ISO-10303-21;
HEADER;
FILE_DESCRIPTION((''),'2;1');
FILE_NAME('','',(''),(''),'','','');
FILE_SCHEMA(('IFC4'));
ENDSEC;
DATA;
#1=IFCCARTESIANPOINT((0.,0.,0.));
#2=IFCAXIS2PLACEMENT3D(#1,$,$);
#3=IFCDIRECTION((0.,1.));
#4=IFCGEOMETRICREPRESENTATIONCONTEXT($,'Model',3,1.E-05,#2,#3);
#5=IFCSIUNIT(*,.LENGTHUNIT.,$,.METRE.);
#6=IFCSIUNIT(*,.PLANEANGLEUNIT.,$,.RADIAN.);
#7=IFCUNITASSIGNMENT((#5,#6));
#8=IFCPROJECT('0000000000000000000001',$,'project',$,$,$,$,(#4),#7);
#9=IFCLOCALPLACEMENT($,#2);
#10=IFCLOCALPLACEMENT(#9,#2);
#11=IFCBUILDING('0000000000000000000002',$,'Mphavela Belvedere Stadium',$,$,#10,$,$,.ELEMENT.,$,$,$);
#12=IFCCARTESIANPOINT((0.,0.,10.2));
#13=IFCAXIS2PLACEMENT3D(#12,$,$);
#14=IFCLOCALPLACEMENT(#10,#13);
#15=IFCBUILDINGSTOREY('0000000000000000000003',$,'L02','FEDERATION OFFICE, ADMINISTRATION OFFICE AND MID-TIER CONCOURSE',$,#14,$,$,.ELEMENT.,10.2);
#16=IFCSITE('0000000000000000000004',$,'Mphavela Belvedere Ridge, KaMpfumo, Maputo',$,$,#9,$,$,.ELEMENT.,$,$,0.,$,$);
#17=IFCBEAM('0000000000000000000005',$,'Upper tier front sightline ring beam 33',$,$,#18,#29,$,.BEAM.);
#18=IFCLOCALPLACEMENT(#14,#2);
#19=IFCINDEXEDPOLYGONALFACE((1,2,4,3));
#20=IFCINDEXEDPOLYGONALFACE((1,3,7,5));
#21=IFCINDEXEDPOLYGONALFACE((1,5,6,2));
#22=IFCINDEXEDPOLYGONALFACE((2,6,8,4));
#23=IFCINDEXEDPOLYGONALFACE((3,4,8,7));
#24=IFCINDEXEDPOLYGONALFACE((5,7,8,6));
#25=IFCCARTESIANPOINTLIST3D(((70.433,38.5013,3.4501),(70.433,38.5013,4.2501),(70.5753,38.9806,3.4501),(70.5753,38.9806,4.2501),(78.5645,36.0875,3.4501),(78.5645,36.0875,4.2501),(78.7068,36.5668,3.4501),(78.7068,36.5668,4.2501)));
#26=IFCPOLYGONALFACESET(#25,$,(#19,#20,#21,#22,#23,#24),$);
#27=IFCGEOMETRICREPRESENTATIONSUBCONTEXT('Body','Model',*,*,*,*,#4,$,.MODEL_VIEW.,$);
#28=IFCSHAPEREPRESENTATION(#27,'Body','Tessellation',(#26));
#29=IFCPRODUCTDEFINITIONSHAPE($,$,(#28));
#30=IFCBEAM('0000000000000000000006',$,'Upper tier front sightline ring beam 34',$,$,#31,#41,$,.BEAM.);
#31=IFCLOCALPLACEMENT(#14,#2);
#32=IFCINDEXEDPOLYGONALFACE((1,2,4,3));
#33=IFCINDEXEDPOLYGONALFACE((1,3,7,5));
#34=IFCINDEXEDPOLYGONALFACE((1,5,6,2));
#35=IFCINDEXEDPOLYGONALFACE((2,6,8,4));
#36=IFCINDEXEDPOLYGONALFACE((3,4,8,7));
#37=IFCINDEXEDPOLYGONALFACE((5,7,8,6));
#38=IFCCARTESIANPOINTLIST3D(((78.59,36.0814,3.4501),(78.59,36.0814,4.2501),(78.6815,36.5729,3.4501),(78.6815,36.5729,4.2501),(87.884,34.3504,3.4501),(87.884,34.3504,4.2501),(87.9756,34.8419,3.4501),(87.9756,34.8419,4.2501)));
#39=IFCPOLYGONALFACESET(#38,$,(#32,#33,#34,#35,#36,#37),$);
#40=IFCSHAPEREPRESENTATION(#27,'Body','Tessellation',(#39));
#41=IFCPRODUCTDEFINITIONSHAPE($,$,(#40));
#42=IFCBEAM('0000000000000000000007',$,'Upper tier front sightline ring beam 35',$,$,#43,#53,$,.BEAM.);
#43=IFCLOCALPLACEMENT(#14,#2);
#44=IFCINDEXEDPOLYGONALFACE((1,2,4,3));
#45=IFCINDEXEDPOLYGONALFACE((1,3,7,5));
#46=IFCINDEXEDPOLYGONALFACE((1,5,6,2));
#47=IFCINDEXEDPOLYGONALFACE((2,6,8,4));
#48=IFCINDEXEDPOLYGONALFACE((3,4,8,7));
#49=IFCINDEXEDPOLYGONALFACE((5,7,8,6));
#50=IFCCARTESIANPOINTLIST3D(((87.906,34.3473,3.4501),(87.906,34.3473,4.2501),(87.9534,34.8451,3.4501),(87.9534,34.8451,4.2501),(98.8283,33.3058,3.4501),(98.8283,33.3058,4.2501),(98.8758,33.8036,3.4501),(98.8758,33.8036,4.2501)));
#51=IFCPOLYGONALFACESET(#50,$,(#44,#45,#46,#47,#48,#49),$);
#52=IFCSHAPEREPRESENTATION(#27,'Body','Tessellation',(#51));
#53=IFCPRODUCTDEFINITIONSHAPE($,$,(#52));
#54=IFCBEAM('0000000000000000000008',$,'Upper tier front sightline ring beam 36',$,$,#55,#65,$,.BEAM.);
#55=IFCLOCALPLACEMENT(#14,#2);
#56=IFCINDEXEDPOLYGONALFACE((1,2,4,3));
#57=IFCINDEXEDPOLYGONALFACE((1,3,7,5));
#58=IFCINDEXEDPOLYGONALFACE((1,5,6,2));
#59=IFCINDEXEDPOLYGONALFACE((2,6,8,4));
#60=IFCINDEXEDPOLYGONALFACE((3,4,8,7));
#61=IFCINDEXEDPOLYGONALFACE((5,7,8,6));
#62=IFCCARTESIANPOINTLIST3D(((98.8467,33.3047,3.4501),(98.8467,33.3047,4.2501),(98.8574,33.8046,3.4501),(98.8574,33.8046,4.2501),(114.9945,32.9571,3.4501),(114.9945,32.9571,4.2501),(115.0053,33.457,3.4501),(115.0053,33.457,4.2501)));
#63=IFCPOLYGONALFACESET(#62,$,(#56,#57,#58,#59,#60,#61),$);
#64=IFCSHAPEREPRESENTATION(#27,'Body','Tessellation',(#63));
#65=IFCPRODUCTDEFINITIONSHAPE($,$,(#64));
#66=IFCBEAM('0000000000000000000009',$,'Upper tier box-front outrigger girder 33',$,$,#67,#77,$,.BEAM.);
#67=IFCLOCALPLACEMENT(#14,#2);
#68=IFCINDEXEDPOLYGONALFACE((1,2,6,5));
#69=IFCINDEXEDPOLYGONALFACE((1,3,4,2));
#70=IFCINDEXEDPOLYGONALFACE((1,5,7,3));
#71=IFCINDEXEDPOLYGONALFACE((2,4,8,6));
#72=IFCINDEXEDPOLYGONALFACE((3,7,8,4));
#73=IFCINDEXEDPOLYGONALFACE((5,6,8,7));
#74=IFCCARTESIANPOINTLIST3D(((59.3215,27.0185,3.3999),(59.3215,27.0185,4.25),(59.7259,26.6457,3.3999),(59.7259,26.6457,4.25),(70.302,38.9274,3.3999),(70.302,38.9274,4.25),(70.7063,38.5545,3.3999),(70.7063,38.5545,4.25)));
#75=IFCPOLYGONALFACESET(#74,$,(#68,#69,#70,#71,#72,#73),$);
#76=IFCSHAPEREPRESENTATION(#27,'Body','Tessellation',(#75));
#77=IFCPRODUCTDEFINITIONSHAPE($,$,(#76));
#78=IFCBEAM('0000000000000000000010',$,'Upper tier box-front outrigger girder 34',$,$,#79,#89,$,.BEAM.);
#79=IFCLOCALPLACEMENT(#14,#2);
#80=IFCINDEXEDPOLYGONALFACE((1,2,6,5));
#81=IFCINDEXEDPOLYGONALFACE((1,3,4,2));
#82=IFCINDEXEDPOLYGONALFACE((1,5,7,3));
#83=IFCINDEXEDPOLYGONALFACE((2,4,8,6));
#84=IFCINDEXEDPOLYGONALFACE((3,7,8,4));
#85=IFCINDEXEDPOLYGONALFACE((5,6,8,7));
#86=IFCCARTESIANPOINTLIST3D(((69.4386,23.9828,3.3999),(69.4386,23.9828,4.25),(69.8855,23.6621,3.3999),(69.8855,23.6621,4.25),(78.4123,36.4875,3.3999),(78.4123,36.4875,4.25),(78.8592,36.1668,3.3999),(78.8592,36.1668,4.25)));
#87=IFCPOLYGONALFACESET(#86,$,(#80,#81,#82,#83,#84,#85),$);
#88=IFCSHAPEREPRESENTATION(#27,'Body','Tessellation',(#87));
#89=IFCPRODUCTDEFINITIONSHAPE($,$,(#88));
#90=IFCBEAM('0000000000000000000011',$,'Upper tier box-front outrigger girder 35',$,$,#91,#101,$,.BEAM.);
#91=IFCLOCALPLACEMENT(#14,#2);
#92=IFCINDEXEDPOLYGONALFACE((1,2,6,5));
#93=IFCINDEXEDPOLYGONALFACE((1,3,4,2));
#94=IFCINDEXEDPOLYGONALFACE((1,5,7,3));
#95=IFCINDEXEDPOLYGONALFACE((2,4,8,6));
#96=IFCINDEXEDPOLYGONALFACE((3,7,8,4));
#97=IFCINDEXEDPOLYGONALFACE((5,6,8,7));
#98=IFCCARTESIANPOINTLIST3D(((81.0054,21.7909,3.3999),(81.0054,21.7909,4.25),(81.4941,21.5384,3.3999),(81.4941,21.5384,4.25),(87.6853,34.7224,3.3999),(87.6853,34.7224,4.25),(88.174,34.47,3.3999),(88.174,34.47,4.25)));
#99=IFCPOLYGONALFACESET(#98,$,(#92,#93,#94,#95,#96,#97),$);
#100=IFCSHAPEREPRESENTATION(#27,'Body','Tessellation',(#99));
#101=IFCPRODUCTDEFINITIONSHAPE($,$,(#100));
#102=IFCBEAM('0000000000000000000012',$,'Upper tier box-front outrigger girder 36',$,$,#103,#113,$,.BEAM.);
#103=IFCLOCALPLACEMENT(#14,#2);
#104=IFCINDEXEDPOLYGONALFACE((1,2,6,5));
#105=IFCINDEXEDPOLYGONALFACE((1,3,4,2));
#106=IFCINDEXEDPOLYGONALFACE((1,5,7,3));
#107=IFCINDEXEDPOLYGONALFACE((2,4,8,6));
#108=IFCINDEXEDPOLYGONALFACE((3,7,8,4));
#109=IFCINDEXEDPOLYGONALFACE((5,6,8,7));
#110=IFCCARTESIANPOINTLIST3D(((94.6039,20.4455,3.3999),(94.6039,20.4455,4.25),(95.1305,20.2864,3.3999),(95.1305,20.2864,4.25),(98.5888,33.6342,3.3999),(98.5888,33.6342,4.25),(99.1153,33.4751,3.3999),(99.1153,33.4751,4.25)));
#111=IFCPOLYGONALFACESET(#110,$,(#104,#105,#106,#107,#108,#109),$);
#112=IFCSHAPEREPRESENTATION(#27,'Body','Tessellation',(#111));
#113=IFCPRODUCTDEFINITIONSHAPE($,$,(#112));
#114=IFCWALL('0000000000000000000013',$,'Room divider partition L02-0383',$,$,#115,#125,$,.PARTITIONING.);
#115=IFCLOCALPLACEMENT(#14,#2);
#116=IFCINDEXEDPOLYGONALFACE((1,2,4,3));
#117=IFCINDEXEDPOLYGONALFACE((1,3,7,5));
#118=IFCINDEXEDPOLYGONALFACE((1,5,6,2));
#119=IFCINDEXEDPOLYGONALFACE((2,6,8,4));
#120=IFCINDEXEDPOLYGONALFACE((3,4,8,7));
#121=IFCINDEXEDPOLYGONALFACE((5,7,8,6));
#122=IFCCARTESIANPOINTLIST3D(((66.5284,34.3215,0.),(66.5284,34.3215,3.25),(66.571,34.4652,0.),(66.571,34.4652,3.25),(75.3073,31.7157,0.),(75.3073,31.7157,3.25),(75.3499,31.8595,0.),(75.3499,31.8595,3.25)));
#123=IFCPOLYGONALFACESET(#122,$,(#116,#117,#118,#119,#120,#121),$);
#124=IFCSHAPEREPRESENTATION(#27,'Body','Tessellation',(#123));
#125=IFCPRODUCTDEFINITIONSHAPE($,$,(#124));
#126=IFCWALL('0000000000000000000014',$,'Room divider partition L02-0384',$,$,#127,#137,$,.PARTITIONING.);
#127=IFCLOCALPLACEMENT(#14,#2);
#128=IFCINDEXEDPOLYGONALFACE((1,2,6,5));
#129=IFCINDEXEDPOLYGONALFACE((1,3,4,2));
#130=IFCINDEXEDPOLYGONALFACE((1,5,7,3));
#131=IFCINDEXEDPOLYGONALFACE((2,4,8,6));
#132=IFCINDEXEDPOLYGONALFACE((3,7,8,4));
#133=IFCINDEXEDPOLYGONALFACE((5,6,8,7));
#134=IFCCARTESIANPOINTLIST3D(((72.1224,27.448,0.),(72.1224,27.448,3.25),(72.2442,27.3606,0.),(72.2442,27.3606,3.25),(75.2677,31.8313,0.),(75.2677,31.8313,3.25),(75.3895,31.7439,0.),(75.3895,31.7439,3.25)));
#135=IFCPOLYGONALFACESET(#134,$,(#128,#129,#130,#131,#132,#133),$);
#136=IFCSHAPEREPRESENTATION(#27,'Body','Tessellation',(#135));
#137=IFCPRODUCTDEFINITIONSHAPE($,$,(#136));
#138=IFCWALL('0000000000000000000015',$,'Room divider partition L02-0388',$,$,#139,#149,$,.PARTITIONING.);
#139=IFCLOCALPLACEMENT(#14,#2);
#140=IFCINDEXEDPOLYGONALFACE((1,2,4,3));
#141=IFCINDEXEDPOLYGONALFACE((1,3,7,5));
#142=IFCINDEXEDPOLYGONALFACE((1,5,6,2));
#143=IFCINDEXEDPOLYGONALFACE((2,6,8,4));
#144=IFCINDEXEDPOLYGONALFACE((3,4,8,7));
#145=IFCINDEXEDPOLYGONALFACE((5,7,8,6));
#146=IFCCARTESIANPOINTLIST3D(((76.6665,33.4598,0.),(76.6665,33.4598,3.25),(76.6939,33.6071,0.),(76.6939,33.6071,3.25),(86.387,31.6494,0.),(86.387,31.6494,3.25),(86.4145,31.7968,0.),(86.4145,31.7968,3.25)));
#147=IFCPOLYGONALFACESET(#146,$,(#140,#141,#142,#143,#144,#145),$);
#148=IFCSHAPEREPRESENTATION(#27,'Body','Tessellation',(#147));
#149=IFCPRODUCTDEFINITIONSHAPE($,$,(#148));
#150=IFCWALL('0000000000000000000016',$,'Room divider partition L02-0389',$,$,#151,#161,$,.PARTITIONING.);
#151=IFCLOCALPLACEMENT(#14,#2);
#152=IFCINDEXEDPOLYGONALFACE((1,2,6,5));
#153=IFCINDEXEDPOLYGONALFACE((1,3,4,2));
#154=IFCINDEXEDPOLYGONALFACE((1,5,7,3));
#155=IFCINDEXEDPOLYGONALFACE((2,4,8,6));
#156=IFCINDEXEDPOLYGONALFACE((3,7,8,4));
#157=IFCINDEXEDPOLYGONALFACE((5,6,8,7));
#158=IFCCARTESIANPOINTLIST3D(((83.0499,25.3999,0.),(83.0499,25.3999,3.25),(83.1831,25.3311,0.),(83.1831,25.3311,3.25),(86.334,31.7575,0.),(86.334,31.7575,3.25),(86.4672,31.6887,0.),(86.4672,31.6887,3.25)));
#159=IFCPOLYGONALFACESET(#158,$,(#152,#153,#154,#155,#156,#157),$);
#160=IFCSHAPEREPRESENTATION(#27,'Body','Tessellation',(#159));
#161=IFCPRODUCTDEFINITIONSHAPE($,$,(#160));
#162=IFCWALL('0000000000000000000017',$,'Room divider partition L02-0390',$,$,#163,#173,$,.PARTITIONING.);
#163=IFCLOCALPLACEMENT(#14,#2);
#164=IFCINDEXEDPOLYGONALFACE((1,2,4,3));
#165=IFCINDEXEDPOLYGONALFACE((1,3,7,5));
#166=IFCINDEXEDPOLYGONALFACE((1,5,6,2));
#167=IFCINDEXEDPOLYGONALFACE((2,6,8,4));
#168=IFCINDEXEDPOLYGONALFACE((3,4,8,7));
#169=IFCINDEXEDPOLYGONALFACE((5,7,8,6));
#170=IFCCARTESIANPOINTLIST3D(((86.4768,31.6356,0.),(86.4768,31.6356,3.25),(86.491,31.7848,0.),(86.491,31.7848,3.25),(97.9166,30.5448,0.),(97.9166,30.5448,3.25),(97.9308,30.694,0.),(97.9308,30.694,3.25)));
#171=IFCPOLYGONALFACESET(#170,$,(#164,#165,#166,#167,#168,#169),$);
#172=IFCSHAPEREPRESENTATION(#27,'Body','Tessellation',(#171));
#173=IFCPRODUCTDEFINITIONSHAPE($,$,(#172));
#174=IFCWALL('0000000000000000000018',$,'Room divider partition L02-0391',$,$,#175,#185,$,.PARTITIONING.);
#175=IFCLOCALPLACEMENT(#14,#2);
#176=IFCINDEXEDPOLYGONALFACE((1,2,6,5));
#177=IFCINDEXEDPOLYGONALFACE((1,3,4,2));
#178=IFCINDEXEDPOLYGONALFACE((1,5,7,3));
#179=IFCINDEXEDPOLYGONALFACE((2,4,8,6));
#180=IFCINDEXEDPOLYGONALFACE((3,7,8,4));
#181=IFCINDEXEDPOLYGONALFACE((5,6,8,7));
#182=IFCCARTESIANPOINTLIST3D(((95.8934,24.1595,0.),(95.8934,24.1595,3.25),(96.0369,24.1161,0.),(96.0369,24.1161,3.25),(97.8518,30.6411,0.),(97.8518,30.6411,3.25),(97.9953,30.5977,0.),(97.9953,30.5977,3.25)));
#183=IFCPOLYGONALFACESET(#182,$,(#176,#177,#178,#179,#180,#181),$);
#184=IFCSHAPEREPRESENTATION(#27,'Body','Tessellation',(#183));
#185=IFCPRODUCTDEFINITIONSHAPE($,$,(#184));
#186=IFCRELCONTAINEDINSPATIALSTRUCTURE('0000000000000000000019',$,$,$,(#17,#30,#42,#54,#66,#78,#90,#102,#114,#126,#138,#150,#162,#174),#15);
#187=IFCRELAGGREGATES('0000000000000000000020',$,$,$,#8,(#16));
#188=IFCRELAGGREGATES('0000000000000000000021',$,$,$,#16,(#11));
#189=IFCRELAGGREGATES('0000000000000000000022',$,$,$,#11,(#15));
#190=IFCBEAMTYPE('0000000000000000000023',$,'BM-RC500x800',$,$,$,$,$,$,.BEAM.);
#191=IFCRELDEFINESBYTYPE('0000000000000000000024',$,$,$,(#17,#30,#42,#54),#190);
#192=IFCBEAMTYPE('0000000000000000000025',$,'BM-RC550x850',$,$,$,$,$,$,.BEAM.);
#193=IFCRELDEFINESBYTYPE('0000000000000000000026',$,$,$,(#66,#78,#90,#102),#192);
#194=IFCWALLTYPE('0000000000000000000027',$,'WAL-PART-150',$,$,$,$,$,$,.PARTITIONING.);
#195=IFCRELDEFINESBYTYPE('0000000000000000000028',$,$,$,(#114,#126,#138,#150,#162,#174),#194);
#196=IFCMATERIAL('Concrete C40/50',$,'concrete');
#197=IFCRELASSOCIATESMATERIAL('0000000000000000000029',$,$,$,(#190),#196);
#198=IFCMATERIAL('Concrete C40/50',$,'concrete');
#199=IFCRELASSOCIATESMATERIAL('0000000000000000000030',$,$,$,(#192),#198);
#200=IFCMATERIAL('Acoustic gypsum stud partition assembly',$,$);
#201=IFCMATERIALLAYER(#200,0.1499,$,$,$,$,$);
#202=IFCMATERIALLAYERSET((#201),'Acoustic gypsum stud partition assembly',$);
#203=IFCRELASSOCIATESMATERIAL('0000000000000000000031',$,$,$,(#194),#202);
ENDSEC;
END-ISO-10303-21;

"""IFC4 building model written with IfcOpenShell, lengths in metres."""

from ifc_helpers import new_model, si_unit, direction, frame, frame_2d, origin, origin_2d, place, context, subcontext, project, spatial, rectangle, extrude, material, layer, layer_set, material_profile, profile_set, type_object, element, save


model = new_model("IFC4")

# Units and contexts
model_context = context("Model", 3, precision=1e-05, world=origin(), true_north=direction((0.0, 1.0)))
body_context = subcontext(model_context, "Body", "Model", "MODEL_VIEW")
ifc_project = project(units=[si_unit("LENGTHUNIT", "METRE"), si_unit("PLANEANGLEUNIT", "RADIAN")], contexts=[model_context])

# Site, building, storey
site_placement = place(None, origin())
site = spatial("IfcSite", under=ifc_project, at=site_placement, Name="Mphavela Belvedere Ridge, KaMpfumo, Maputo", CompositionType="ELEMENT", RefElevation=0.0)
building_placement = place(site_placement, origin())
building = spatial("IfcBuilding", under=site, at=building_placement, Name="Mphavela Belvedere Stadium", CompositionType="ELEMENT")
storey_placement = place(building_placement, frame((0.0, 0.0, 10.2)))
storey = spatial("IfcBuildingStorey", under=building, at=storey_placement, Name="L02", Description="FEDERATION OFFICE, ADMINISTRATION OFFICE AND MID-TIER CONCOURSE", CompositionType="ELEMENT", Elevation=10.2)

# Beams
ifc_material_1 = material(Name="Concrete C40/50", Category="concrete")
ifc_material_profile_1 = material_profile(ifc_material_1, rectangle(XDim=0.5, YDim=0.8, at=origin_2d()), Name="RC 500x800")
ifc_profile_set_1 = profile_set([ifc_material_profile_1], Name="Concrete C40/50")
beam_type_1 = type_object("IfcBeamType", Name="BM-RC500x800", PredefinedType="BEAM", material=ifc_profile_set_1)
beam_1_placement = place(storey_placement, frame((70.5042, 38.741, 3.8501), z_axis=(0.958655, -0.284571, 0.0), x_axis=(0.284571, 0.958655, 0.0)))
element("IfcBeam", 1, at=beam_1_placement, inside=storey, type_object=beam_type_1, Name="Upper tier front sightline ring beam 33", PredefinedType="BEAM", context=body_context, shape_type="SweptSolid", body=[
    extrude(rectangle(XDim=0.5, YDim=0.8, at=origin_2d()), origin(), (0.0, 0.0, 1.0), 8.4822),
])
beam_2_placement = place(storey_placement, frame((78.6357, 36.3271, 3.8501), z_axis=(0.983095, -0.183097, 0.0), x_axis=(0.183097, 0.983095, 0.0)))
element("IfcBeam", 2, at=beam_2_placement, inside=storey, type_object=beam_type_1, Name="Upper tier front sightline ring beam 34", PredefinedType="BEAM", context=body_context, shape_type="SweptSolid", body=[
    extrude(rectangle(XDim=0.5, YDim=0.8, at=origin_2d()), origin(), (0.0, 0.0, 1.0), 9.4539),
])
beam_3_placement = place(storey_placement, frame((87.9297, 34.5962, 3.8501), z_axis=(0.995484, -0.094925, 0.0), x_axis=(0.094925, 0.995484, 0.0)))
element("IfcBeam", 3, at=beam_3_placement, inside=storey, type_object=beam_type_1, Name="Upper tier front sightline ring beam 35", PredefinedType="BEAM", context=body_context, shape_type="SweptSolid", body=[
    extrude(rectangle(XDim=0.5, YDim=0.8, at=origin_2d()), origin(), (0.0, 0.0, 1.0), 10.9719),
])
beam_4_placement = place(storey_placement, frame((98.8521, 33.5547, 3.8501), z_axis=(0.999768, -0.021524, 0.0), x_axis=(0.021524, 0.999768, 0.0)))
element("IfcBeam", 4, at=beam_4_placement, inside=storey, type_object=beam_type_1, Name="Upper tier front sightline ring beam 36", PredefinedType="BEAM", context=body_context, shape_type="SweptSolid", body=[
    extrude(rectangle(XDim=0.5, YDim=0.8, at=origin_2d()), origin(), (0.0, 0.0, 1.0), 16.1516),
])
ifc_material_2 = material(Name="Concrete C40/50", Category="concrete")
ifc_material_profile_2 = material_profile(ifc_material_2, rectangle(XDim=0.55, YDim=0.8501, at=origin_2d()), Name="RC 550x850")
ifc_profile_set_2 = profile_set([ifc_material_profile_2], Name="Concrete C40/50")
beam_type_2 = type_object("IfcBeamType", Name="BM-RC550x850", PredefinedType="BEAM", material=ifc_profile_set_2)
beam_5_placement = place(storey_placement, frame((70.5042, 38.741, 3.825), z_axis=(-0.677867, -0.735185, 0.0), x_axis=(0.735185, -0.677867, 0.0)))
element("IfcBeam", 5, at=beam_5_placement, inside=storey, type_object=beam_type_2, Name="Upper tier box-front outrigger girder 33", PredefinedType="BEAM", context=body_context, shape_type="SweptSolid", body=[
    extrude(rectangle(XDim=0.55, YDim=0.8501, at=origin_2d()), origin(), (0.0, 0.0, 1.0), 16.1985),
])
beam_6_placement = place(storey_placement, frame((78.6357, 36.3271, 3.825), z_axis=(-0.583033, -0.812449, 0.0), x_axis=(0.812449, -0.583033, 0.0)))
element("IfcBeam", 6, at=beam_6_placement, inside=storey, type_object=beam_type_2, Name="Upper tier box-front outrigger girder 34", PredefinedType="BEAM", context=body_context, shape_type="SweptSolid", body=[
    extrude(rectangle(XDim=0.55, YDim=0.8501, at=origin_2d()), origin(), (0.0, 0.0, 1.0), 15.3914),
])
beam_7_placement = place(storey_placement, frame((87.9297, 34.5962, 3.825), z_axis=(-0.458943, -0.888466, 0.0), x_axis=(0.888466, -0.458943, 0.0)))
element("IfcBeam", 7, at=beam_7_placement, inside=storey, type_object=beam_type_2, Name="Upper tier box-front outrigger girder 35", PredefinedType="BEAM", context=body_context, shape_type="SweptSolid", body=[
    extrude(rectangle(XDim=0.55, YDim=0.8501, at=origin_2d()), origin(), (0.0, 0.0, 1.0), 14.5549),
])
beam_8_placement = place(storey_placement, frame((98.8521, 33.5547, 3.825), z_axis=(-0.289228, -0.95726, 0.0), x_axis=(0.95726, -0.289228, 0.0)))
element("IfcBeam", 8, at=beam_8_placement, inside=storey, type_object=beam_type_2, Name="Upper tier box-front outrigger girder 36", PredefinedType="BEAM", context=body_context, shape_type="SweptSolid", body=[
    extrude(rectangle(XDim=0.55, YDim=0.8501, at=origin_2d()), origin(), (0.0, 0.0, 1.0), 13.7776),
])

# Walls
ifc_material_3 = material(Name="Acoustic gypsum stud partition assembly")
ifc_layer = layer(ifc_material_3, 0.1499)
ifc_layer_set = layer_set([ifc_layer], Name="Acoustic gypsum stud partition assembly")
wall_type = type_object("IfcWallType", Name="WAL-PART-150", PredefinedType="PARTITIONING", material=ifc_layer_set)
wall_1_placement = place(storey_placement, frame((66.5498, 34.3933, 0.0), z_axis=(0.0, 0.0, 1.0), x_axis=(0.958662, -0.284549, 0.0)))
element("IfcWall", 9, at=wall_1_placement, inside=storey, type_object=wall_type, Name="Room divider partition L02-0383", PredefinedType="PARTITIONING", context=body_context, shape_type="SweptSolid", body=[
    extrude(rectangle(XDim=9.1575, YDim=0.1499, at=frame_2d((4.5786, 0.0))), origin(), (0.0, 0.0, 1.0), 3.25),
])
wall_2_placement = place(storey_placement, frame((75.3286, 31.7876, 0.0), z_axis=(0.0, 0.0, 1.0), x_axis=(-0.582996, -0.812475, 0.0)))
element("IfcWall", 10, at=wall_2_placement, inside=storey, type_object=wall_type, Name="Room divider partition L02-0384", PredefinedType="PARTITIONING", context=body_context, shape_type="SweptSolid", body=[
    extrude(rectangle(XDim=5.395, YDim=0.1499, at=frame_2d((2.6975, 0.0))), origin(), (0.0, 0.0, 1.0), 3.25),
])
wall_3_placement = place(storey_placement, frame((76.6802, 33.5334, 0.0), z_axis=(0.0, 0.0, 1.0), x_axis=(0.983096, -0.183088, 0.0)))
element("IfcWall", 11, at=wall_3_placement, inside=storey, type_object=wall_type, Name="Room divider partition L02-0388", PredefinedType="PARTITIONING", context=body_context, shape_type="SweptSolid", body=[
    extrude(rectangle(XDim=9.8877, YDim=0.1499, at=frame_2d((4.9438, 0.0))), origin(), (0.0, 0.0, 1.0), 3.25),
])
wall_4_placement = place(storey_placement, frame((86.4006, 31.7231, 0.0), z_axis=(0.0, 0.0, 1.0), x_axis=(-0.458952, -0.888461, 0.0)))
element("IfcWall", 12, at=wall_4_placement, inside=storey, type_object=wall_type, Name="Room divider partition L02-0389", PredefinedType="PARTITIONING", context=body_context, shape_type="SweptSolid", body=[
    extrude(rectangle(XDim=7.1558, YDim=0.1499, at=frame_2d((3.5779, 0.0))), origin(), (0.0, 0.0, 1.0), 3.25),
])
wall_5_placement = place(storey_placement, frame((86.4839, 31.7102, 0.0), z_axis=(0.0, 0.0, 1.0), x_axis=(0.995485, -0.094923, 0.0)))
element("IfcWall", 13, at=wall_5_placement, inside=storey, type_object=wall_type, Name="Room divider partition L02-0390", PredefinedType="PARTITIONING", context=body_context, shape_type="SweptSolid", body=[
    extrude(rectangle(XDim=11.4917, YDim=0.1499, at=frame_2d((5.7458, 0.0))), origin(), (0.0, 0.0, 1.0), 3.25),
])
wall_6_placement = place(storey_placement, frame((97.9236, 30.6194, 0.0), z_axis=(0.0, 0.0, 1.0), x_axis=(-0.289243, -0.957256, 0.0)))
element("IfcWall", 14, at=wall_6_placement, inside=storey, type_object=wall_type, Name="Room divider partition L02-0391", PredefinedType="PARTITIONING", context=body_context, shape_type="SweptSolid", body=[
    extrude(rectangle(XDim=6.771, YDim=0.1499, at=frame_2d((3.3855, 0.0))), origin(), (0.0, 0.0, 1.0), 3.25),
])

save(model, "model.ifc")
